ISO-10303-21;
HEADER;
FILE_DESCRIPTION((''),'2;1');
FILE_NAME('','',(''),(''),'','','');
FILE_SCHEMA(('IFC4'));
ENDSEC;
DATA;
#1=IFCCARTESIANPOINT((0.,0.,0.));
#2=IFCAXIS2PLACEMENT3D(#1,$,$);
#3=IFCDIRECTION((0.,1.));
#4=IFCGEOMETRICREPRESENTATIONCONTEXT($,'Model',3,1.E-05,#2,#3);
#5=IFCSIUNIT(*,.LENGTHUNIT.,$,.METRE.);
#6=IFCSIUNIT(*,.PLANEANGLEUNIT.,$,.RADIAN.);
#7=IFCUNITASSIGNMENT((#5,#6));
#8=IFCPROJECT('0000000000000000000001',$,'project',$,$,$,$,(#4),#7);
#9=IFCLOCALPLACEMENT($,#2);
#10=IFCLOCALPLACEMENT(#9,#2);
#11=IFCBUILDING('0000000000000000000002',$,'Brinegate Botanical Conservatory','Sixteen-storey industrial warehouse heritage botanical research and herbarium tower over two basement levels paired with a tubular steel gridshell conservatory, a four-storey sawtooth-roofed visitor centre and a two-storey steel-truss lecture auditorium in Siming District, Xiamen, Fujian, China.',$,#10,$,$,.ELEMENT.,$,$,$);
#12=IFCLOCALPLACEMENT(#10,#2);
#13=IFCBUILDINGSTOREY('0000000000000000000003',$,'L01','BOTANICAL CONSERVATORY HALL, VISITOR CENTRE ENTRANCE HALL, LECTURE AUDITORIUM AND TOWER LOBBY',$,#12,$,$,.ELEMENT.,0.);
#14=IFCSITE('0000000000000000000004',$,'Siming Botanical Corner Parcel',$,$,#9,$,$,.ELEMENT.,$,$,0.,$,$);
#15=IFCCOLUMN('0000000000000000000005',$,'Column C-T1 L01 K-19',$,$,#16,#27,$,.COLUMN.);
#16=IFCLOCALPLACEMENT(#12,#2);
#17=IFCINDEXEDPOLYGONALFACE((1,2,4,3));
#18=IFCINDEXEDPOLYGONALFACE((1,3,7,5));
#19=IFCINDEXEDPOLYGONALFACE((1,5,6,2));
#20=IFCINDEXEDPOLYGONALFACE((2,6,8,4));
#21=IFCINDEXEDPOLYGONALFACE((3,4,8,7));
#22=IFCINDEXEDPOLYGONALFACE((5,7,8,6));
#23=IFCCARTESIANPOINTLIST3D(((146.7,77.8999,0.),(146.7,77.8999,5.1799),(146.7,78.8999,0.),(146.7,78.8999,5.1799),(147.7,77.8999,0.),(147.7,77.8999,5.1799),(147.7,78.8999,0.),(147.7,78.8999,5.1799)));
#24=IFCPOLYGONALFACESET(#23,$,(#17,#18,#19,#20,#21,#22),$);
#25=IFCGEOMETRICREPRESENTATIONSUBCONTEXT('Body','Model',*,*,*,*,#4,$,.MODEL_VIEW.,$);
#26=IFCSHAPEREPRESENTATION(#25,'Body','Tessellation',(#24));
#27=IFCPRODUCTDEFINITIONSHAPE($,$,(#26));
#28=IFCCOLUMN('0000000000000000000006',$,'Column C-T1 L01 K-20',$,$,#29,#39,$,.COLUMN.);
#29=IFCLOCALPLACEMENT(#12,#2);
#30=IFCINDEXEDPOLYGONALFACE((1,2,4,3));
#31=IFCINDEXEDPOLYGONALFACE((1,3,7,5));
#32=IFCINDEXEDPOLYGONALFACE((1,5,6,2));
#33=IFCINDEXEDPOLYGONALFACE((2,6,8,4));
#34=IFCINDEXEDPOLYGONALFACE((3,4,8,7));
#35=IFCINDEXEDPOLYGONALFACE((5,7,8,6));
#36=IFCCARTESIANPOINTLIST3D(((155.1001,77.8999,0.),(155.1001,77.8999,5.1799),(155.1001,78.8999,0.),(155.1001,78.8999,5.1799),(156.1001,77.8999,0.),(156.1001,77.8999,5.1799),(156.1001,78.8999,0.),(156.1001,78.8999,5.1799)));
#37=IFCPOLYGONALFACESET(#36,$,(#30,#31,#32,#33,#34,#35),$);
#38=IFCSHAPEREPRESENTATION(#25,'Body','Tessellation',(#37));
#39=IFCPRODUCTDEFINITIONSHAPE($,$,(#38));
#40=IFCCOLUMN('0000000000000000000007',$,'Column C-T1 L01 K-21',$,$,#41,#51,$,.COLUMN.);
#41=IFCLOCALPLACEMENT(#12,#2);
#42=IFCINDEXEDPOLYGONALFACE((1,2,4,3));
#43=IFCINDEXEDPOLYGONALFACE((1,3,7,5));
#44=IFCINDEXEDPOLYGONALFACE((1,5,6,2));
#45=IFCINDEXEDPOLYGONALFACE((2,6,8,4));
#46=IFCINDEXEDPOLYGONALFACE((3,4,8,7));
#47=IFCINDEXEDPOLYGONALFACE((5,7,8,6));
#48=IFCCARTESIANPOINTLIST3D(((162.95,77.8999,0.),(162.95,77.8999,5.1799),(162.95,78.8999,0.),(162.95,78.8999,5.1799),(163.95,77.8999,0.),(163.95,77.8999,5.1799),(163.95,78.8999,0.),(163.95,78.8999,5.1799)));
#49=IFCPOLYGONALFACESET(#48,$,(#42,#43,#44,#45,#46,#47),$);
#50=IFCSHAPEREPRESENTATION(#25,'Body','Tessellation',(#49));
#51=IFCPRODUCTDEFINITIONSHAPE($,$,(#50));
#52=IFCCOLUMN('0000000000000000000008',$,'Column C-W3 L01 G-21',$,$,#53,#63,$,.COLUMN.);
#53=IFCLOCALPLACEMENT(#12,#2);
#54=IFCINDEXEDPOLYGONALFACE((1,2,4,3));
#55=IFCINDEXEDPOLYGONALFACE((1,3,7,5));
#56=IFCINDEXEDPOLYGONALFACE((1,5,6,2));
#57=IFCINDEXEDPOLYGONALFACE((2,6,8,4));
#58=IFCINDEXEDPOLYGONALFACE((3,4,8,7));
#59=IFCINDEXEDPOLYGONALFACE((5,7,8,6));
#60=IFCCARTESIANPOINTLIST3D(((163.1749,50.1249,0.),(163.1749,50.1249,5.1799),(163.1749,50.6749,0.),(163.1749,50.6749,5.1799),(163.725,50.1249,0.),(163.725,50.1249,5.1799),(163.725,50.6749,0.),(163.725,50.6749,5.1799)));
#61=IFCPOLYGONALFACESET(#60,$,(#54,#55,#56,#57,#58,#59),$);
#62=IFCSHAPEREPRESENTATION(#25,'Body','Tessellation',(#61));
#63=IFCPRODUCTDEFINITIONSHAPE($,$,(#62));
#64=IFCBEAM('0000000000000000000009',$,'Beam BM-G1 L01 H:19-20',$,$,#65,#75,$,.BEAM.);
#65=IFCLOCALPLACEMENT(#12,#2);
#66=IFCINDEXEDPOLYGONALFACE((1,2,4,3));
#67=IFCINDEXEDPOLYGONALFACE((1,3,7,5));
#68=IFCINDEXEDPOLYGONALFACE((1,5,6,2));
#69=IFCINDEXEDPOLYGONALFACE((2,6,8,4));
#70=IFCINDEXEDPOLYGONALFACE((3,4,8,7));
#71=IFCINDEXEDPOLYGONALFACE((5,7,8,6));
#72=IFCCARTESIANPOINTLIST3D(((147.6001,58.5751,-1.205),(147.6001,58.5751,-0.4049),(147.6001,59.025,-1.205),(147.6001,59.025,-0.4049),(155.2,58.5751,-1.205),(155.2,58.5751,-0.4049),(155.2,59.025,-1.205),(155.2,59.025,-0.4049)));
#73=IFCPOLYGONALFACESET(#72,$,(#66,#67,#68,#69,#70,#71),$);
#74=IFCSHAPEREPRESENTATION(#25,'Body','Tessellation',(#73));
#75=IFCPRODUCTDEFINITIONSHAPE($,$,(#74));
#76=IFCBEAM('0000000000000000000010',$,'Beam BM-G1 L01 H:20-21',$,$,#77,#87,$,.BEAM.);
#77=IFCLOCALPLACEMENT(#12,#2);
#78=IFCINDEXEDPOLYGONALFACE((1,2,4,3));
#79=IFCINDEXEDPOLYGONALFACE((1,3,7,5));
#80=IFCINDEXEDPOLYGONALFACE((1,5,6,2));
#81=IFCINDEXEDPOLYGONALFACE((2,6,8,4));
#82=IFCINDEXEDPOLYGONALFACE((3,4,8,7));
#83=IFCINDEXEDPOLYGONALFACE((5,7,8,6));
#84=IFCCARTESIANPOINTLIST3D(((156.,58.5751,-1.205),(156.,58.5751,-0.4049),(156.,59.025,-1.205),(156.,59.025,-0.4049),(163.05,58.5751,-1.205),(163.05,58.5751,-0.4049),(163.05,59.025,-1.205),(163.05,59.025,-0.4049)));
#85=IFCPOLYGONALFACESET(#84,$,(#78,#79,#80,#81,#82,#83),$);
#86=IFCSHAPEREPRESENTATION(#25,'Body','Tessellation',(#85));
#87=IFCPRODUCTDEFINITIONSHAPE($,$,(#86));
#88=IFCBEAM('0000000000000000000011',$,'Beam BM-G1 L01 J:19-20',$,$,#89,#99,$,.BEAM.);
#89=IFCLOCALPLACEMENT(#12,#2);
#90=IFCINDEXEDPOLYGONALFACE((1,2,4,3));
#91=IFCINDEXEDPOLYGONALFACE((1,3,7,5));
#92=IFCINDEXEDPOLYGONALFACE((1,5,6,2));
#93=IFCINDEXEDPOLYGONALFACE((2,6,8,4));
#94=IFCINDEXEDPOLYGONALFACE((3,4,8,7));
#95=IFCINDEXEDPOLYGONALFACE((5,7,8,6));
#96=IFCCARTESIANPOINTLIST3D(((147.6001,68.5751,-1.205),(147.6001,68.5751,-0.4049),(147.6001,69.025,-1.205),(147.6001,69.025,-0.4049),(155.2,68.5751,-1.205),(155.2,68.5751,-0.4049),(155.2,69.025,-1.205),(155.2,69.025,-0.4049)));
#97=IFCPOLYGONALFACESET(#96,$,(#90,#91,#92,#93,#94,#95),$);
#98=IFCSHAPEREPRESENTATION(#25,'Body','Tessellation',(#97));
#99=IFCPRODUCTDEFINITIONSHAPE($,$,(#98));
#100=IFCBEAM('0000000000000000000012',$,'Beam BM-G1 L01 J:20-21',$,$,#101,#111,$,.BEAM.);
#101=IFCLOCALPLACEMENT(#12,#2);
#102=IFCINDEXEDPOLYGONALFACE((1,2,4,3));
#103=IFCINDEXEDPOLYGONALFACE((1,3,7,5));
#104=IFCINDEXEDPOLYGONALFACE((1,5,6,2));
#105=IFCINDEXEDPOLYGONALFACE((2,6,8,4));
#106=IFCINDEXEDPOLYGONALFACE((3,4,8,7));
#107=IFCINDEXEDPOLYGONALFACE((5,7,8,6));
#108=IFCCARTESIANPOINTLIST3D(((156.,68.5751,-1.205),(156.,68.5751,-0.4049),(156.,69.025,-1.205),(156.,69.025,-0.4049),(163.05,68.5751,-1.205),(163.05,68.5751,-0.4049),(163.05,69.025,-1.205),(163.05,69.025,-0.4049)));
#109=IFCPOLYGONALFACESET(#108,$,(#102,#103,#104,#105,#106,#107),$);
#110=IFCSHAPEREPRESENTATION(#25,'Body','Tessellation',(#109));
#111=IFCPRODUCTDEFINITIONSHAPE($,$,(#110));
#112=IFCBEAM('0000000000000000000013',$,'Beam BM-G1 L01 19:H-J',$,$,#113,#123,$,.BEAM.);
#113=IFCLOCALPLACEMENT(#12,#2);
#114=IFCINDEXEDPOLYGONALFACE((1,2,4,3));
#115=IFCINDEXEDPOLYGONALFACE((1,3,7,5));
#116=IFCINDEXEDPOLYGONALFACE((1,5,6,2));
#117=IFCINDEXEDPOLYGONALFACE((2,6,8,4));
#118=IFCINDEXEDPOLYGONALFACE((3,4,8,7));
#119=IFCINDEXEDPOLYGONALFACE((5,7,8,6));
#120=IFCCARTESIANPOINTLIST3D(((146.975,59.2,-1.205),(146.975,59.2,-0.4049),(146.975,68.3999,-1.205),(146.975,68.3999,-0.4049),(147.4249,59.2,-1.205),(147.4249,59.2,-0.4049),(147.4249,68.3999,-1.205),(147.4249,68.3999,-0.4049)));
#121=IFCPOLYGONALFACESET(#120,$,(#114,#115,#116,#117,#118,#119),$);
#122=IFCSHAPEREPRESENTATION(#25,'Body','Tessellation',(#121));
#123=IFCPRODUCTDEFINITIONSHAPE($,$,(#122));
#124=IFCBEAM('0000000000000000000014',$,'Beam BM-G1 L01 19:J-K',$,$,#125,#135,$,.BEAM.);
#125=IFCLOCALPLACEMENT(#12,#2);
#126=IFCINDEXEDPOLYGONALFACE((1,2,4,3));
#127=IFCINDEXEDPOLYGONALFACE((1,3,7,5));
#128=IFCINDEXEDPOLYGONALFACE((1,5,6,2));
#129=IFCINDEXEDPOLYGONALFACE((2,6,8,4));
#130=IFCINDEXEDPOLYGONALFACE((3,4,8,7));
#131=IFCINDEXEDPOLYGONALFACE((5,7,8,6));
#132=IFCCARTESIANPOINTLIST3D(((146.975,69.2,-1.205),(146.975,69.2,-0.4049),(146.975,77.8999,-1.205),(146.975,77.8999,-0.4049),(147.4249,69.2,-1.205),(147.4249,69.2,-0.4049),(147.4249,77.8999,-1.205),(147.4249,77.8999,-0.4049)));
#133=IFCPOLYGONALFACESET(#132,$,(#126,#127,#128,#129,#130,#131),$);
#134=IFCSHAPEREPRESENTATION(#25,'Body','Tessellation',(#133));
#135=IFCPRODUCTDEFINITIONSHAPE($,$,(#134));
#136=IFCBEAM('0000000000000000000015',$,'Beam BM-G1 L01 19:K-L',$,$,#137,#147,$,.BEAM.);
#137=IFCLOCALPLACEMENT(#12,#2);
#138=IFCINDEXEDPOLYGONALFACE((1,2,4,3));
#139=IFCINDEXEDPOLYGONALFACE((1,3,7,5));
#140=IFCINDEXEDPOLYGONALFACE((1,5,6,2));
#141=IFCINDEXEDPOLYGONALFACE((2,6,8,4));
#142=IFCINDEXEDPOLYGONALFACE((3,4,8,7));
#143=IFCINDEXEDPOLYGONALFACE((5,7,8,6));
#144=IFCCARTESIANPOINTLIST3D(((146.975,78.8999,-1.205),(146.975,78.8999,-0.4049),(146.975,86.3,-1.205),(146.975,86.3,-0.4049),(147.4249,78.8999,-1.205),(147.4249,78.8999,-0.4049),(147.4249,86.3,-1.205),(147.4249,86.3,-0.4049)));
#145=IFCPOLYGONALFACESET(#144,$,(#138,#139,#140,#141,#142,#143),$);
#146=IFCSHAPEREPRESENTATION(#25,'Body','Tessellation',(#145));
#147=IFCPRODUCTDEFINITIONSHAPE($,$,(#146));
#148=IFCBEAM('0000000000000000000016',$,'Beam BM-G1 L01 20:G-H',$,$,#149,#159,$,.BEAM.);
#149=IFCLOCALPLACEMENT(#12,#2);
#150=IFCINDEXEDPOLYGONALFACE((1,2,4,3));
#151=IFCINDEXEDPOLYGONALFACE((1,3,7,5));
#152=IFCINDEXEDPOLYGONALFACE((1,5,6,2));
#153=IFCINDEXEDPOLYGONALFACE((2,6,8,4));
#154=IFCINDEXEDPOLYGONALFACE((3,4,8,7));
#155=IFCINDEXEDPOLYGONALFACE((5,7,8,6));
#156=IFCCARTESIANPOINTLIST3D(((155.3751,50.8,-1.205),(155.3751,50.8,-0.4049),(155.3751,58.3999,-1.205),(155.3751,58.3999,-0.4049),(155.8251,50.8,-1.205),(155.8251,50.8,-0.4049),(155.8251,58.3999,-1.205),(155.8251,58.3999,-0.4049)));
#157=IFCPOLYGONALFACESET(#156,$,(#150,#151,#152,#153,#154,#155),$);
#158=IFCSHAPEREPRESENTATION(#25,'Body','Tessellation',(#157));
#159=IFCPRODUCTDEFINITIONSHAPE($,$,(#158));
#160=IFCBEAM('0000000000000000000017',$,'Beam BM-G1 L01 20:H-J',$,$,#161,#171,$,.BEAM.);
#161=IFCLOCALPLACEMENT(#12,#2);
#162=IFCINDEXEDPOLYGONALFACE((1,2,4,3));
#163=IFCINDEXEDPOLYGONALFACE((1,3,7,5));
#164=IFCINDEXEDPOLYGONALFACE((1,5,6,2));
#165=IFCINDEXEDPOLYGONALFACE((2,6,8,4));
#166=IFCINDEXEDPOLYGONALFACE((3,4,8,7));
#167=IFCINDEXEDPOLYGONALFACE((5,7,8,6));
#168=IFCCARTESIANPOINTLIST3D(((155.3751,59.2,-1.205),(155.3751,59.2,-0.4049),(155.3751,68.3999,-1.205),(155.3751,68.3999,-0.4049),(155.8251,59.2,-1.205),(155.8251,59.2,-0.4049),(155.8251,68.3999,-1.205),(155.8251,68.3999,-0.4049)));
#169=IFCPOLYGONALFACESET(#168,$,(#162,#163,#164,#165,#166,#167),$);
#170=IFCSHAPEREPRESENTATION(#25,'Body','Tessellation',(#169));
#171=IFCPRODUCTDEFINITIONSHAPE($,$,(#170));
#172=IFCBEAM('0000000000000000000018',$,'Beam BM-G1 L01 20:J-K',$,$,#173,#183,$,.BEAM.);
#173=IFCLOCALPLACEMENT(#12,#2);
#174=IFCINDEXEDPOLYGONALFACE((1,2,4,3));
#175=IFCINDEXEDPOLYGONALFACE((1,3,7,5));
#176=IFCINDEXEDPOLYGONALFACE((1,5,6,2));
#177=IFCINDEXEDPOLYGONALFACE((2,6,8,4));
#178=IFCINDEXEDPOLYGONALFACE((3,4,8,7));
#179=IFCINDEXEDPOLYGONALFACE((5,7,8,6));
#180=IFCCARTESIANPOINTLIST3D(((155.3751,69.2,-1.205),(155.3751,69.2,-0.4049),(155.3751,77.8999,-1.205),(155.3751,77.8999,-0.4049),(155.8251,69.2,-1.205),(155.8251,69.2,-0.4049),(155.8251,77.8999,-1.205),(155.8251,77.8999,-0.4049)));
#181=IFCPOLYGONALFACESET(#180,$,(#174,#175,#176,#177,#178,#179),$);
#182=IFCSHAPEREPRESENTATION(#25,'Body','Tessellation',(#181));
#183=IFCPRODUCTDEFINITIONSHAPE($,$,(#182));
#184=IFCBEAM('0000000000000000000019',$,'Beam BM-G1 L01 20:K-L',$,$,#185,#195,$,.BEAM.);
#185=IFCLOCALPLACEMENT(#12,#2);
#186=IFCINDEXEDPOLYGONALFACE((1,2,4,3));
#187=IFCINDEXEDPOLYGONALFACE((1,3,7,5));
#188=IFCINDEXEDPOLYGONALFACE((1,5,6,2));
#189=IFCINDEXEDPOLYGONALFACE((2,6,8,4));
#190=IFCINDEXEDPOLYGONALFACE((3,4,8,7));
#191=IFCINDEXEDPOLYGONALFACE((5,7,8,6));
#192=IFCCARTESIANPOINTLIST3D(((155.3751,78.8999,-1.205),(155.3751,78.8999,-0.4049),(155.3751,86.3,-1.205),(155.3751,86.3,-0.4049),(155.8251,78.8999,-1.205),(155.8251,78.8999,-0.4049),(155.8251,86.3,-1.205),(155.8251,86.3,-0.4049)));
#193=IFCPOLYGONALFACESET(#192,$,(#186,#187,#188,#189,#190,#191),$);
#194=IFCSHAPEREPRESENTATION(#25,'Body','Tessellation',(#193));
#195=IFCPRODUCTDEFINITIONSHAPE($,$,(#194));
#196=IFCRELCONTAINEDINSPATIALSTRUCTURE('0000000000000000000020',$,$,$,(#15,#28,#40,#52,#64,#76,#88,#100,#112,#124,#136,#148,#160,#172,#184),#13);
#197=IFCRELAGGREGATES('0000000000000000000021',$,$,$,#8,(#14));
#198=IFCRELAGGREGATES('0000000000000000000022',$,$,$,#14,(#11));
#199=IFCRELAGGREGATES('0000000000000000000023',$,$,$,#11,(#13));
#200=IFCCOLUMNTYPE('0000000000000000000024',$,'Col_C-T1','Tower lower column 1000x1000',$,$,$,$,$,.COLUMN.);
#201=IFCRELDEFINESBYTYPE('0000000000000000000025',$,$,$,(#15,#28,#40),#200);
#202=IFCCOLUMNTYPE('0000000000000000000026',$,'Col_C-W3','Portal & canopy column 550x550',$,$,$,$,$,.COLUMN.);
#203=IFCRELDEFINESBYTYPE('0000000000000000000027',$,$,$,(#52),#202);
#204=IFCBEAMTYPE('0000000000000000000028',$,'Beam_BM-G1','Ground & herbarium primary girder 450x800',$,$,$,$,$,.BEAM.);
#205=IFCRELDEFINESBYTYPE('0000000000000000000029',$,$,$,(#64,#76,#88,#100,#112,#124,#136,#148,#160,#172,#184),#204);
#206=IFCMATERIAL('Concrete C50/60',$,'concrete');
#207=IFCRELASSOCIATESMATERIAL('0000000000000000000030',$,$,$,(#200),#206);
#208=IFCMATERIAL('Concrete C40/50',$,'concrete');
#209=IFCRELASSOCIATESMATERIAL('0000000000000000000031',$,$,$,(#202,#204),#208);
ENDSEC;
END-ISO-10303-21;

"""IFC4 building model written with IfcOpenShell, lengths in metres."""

from ifc_helpers import new_model, si_unit, direction, frame, origin, origin_2d, place, context, subcontext, project, spatial, rectangle, extrude, material, material_profile, profile_set, type_object, element, save


model = new_model("IFC4")

# Units and contexts
model_context = context("Model", 3, precision=1e-05, world=origin(), true_north=direction((0.0, 1.0)))
body_context = subcontext(model_context, "Body", "Model", "MODEL_VIEW")
ifc_project = project(units=[si_unit("LENGTHUNIT", "METRE"), si_unit("PLANEANGLEUNIT", "RADIAN")], contexts=[model_context])

# Site, building, storey
site_placement = place(None, origin())
site = spatial("IfcSite", under=ifc_project, at=site_placement, Name="Siming Botanical Corner Parcel", CompositionType="ELEMENT", RefElevation=0.0)
building_placement = place(site_placement, origin())
building = spatial("IfcBuilding", under=site, at=building_placement, Name="Brinegate Botanical Conservatory", Description="Sixteen-storey industrial warehouse heritage botanical research and herbarium tower over two basement levels paired with a tubular steel gridshell conservatory, a four-storey sawtooth-roofed visitor centre and a two-storey steel-truss lecture auditorium in Siming District, Xiamen, Fujian, China.", CompositionType="ELEMENT")
storey_placement = place(building_placement, origin())
storey = spatial("IfcBuildingStorey", under=building, at=storey_placement, Name="L01", Description="BOTANICAL CONSERVATORY HALL, VISITOR CENTRE ENTRANCE HALL, LECTURE AUDITORIUM AND TOWER LOBBY", CompositionType="ELEMENT", Elevation=0.0)

# Columns
ifc_material_1 = material(Name="Concrete C50/60", Category="concrete")
ifc_material_profile_1 = material_profile(ifc_material_1, rectangle(XDim=1.0, YDim=1.0, at=origin_2d()), Name="RC COL 1000x1000")
ifc_profile_set_1 = profile_set([ifc_material_profile_1], Name="Concrete C50/60")
column_type_1 = type_object("IfcColumnType", Name="Col_C-T1", Description="Tower lower column 1000x1000", PredefinedType="COLUMN", material=ifc_profile_set_1)
for number, where, z_axis, x_axis, name in (
    (1, (147.2, 78.3999, 0.0), (0.0, 0.0, 1.0), (1.0, 0.0, 0.0), "Column C-T1 L01 K-19"),
    (2, (155.6001, 78.3999, 0.0), (0.0, 0.0, 1.0), (1.0, 0.0, 0.0), "Column C-T1 L01 K-20"),
    (3, (163.45, 78.3999, 0.0), (0.0, 0.0, 1.0), (1.0, 0.0, 0.0), "Column C-T1 L01 K-21"),
):
    element("IfcColumn", number, at=place(storey_placement, frame(where, z_axis=z_axis, x_axis=x_axis)), inside=storey, type_object=column_type_1, Name=name, PredefinedType="COLUMN", context=body_context, shape_type="SweptSolid", body=[
        extrude(rectangle(XDim=1.0, YDim=1.0, at=origin_2d()), origin(), (0.0, 0.0, 1.0), 5.1799),
    ])
ifc_material_2 = material(Name="Concrete C40/50", Category="concrete")
ifc_material_profile_2 = material_profile(ifc_material_2, rectangle(XDim=0.55, YDim=0.55, at=origin_2d()), Name="RC COL 550x550")
ifc_profile_set_2 = profile_set([ifc_material_profile_2], Name="Concrete C40/50")
column_type_2 = type_object("IfcColumnType", Name="Col_C-W3", Description="Portal & canopy column 550x550", PredefinedType="COLUMN", material=ifc_profile_set_2)
column_placement = place(storey_placement, frame((163.45, 50.3999, 0.0), z_axis=(0.0, 0.0, 1.0), x_axis=(1.0, 0.0, 0.0)))
element("IfcColumn", 4, at=column_placement, inside=storey, type_object=column_type_2, Name="Column C-W3 L01 G-21", PredefinedType="COLUMN", context=body_context, shape_type="SweptSolid", body=[
    extrude(rectangle(XDim=0.55, YDim=0.55, at=origin_2d()), origin(), (0.0, 0.0, 1.0), 5.1799),
])

# Beams
ifc_material_profile_3 = material_profile(ifc_material_2, rectangle(XDim=0.45, YDim=0.8, at=origin_2d()), Name="RC BM 450x800")
ifc_profile_set_3 = profile_set([ifc_material_profile_3], Name="Concrete C40/50")
beam_type_1 = type_object("IfcBeamType", Name="Beam_BM-G1", Description="Ground & herbarium primary girder 450x800", PredefinedType="BEAM", material=ifc_profile_set_3)
beam_1_placement = place(storey_placement, frame((147.6001, 58.8, -0.8049), z_axis=(1.0, 0.0, 0.0), x_axis=(0.0, 1.0, 0.0)))
element("IfcBeam", 5, at=beam_1_placement, inside=storey, type_object=beam_type_1, Name="Beam BM-G1 L01 H:19-20", PredefinedType="BEAM", context=body_context, shape_type="SweptSolid", body=[
    extrude(rectangle(XDim=0.45, YDim=0.8, at=origin_2d()), origin(), (0.0, 0.0, 1.0), 7.5999),
])
beam_2_placement = place(storey_placement, frame((156.0, 58.8, -0.8049), z_axis=(1.0, 0.0, 0.0), x_axis=(0.0, 1.0, 0.0)))
element("IfcBeam", 6, at=beam_2_placement, inside=storey, type_object=beam_type_1, Name="Beam BM-G1 L01 H:20-21", PredefinedType="BEAM", context=body_context, shape_type="SweptSolid", body=[
    extrude(rectangle(XDim=0.45, YDim=0.8, at=origin_2d()), origin(), (0.0, 0.0, 1.0), 7.05),
])
beam_3_placement = place(storey_placement, frame((147.6001, 68.8, -0.8049), z_axis=(1.0, 0.0, 0.0), x_axis=(0.0, 1.0, 0.0)))
element("IfcBeam", 7, at=beam_3_placement, inside=storey, type_object=beam_type_1, Name="Beam BM-G1 L01 J:19-20", PredefinedType="BEAM", context=body_context, shape_type="SweptSolid", body=[
    extrude(rectangle(XDim=0.45, YDim=0.8, at=origin_2d()), origin(), (0.0, 0.0, 1.0), 7.5999),
])
beam_4_placement = place(storey_placement, frame((156.0, 68.8, -0.8049), z_axis=(1.0, 0.0, 0.0), x_axis=(0.0, 1.0, 0.0)))
element("IfcBeam", 8, at=beam_4_placement, inside=storey, type_object=beam_type_1, Name="Beam BM-G1 L01 J:20-21", PredefinedType="BEAM", context=body_context, shape_type="SweptSolid", body=[
    extrude(rectangle(XDim=0.45, YDim=0.8, at=origin_2d()), origin(), (0.0, 0.0, 1.0), 7.05),
])
beam_5_placement = place(storey_placement, frame((147.2, 59.2, -0.8049), z_axis=(0.0, 1.0, 0.0), x_axis=(-1.0, 0.0, 0.0)))
element("IfcBeam", 9, at=beam_5_placement, inside=storey, type_object=beam_type_1, Name="Beam BM-G1 L01 19:H-J", PredefinedType="BEAM", context=body_context, shape_type="SweptSolid", body=[
    extrude(rectangle(XDim=0.45, YDim=0.8, at=origin_2d()), origin(), (0.0, 0.0, 1.0), 9.2),
])
beam_6_placement = place(storey_placement, frame((147.2, 69.2, -0.8049), z_axis=(0.0, 1.0, 0.0), x_axis=(-1.0, 0.0, 0.0)))
element("IfcBeam", 10, at=beam_6_placement, inside=storey, type_object=beam_type_1, Name="Beam BM-G1 L01 19:J-K", PredefinedType="BEAM", context=body_context, shape_type="SweptSolid", body=[
    extrude(rectangle(XDim=0.45, YDim=0.8, at=origin_2d()), origin(), (0.0, 0.0, 1.0), 8.7),
])
beam_7_placement = place(storey_placement, frame((147.2, 78.8999, -0.8049), z_axis=(0.0, 1.0, 0.0), x_axis=(-1.0, 0.0, 0.0)))
element("IfcBeam", 11, at=beam_7_placement, inside=storey, type_object=beam_type_1, Name="Beam BM-G1 L01 19:K-L", PredefinedType="BEAM", context=body_context, shape_type="SweptSolid", body=[
    extrude(rectangle(XDim=0.45, YDim=0.8, at=origin_2d()), origin(), (0.0, 0.0, 1.0), 7.4001),
])
beam_8_placement = place(storey_placement, frame((155.6001, 50.8, -0.8049), z_axis=(0.0, 1.0, 0.0), x_axis=(-1.0, 0.0, 0.0)))
element("IfcBeam", 12, at=beam_8_placement, inside=storey, type_object=beam_type_1, Name="Beam BM-G1 L01 20:G-H", PredefinedType="BEAM", context=body_context, shape_type="SweptSolid", body=[
    extrude(rectangle(XDim=0.45, YDim=0.8, at=origin_2d()), origin(), (0.0, 0.0, 1.0), 7.5999),
])
beam_9_placement = place(storey_placement, frame((155.6001, 59.2, -0.8049), z_axis=(0.0, 1.0, 0.0), x_axis=(-1.0, 0.0, 0.0)))
element("IfcBeam", 13, at=beam_9_placement, inside=storey, type_object=beam_type_1, Name="Beam BM-G1 L01 20:H-J", PredefinedType="BEAM", context=body_context, shape_type="SweptSolid", body=[
    extrude(rectangle(XDim=0.45, YDim=0.8, at=origin_2d()), origin(), (0.0, 0.0, 1.0), 9.2),
])
beam_10_placement = place(storey_placement, frame((155.6001, 69.2, -0.8049), z_axis=(0.0, 1.0, 0.0), x_axis=(-1.0, 0.0, 0.0)))
element("IfcBeam", 14, at=beam_10_placement, inside=storey, type_object=beam_type_1, Name="Beam BM-G1 L01 20:J-K", PredefinedType="BEAM", context=body_context, shape_type="SweptSolid", body=[
    extrude(rectangle(XDim=0.45, YDim=0.8, at=origin_2d()), origin(), (0.0, 0.0, 1.0), 8.7),
])
beam_11_placement = place(storey_placement, frame((155.6001, 78.8999, -0.8049), z_axis=(0.0, 1.0, 0.0), x_axis=(-1.0, 0.0, 0.0)))
element("IfcBeam", 15, at=beam_11_placement, inside=storey, type_object=beam_type_1, Name="Beam BM-G1 L01 20:K-L", PredefinedType="BEAM", context=body_context, shape_type="SweptSolid", body=[
    extrude(rectangle(XDim=0.45, YDim=0.8, at=origin_2d()), origin(), (0.0, 0.0, 1.0), 7.4001),
])

save(model, "model.ifc")
